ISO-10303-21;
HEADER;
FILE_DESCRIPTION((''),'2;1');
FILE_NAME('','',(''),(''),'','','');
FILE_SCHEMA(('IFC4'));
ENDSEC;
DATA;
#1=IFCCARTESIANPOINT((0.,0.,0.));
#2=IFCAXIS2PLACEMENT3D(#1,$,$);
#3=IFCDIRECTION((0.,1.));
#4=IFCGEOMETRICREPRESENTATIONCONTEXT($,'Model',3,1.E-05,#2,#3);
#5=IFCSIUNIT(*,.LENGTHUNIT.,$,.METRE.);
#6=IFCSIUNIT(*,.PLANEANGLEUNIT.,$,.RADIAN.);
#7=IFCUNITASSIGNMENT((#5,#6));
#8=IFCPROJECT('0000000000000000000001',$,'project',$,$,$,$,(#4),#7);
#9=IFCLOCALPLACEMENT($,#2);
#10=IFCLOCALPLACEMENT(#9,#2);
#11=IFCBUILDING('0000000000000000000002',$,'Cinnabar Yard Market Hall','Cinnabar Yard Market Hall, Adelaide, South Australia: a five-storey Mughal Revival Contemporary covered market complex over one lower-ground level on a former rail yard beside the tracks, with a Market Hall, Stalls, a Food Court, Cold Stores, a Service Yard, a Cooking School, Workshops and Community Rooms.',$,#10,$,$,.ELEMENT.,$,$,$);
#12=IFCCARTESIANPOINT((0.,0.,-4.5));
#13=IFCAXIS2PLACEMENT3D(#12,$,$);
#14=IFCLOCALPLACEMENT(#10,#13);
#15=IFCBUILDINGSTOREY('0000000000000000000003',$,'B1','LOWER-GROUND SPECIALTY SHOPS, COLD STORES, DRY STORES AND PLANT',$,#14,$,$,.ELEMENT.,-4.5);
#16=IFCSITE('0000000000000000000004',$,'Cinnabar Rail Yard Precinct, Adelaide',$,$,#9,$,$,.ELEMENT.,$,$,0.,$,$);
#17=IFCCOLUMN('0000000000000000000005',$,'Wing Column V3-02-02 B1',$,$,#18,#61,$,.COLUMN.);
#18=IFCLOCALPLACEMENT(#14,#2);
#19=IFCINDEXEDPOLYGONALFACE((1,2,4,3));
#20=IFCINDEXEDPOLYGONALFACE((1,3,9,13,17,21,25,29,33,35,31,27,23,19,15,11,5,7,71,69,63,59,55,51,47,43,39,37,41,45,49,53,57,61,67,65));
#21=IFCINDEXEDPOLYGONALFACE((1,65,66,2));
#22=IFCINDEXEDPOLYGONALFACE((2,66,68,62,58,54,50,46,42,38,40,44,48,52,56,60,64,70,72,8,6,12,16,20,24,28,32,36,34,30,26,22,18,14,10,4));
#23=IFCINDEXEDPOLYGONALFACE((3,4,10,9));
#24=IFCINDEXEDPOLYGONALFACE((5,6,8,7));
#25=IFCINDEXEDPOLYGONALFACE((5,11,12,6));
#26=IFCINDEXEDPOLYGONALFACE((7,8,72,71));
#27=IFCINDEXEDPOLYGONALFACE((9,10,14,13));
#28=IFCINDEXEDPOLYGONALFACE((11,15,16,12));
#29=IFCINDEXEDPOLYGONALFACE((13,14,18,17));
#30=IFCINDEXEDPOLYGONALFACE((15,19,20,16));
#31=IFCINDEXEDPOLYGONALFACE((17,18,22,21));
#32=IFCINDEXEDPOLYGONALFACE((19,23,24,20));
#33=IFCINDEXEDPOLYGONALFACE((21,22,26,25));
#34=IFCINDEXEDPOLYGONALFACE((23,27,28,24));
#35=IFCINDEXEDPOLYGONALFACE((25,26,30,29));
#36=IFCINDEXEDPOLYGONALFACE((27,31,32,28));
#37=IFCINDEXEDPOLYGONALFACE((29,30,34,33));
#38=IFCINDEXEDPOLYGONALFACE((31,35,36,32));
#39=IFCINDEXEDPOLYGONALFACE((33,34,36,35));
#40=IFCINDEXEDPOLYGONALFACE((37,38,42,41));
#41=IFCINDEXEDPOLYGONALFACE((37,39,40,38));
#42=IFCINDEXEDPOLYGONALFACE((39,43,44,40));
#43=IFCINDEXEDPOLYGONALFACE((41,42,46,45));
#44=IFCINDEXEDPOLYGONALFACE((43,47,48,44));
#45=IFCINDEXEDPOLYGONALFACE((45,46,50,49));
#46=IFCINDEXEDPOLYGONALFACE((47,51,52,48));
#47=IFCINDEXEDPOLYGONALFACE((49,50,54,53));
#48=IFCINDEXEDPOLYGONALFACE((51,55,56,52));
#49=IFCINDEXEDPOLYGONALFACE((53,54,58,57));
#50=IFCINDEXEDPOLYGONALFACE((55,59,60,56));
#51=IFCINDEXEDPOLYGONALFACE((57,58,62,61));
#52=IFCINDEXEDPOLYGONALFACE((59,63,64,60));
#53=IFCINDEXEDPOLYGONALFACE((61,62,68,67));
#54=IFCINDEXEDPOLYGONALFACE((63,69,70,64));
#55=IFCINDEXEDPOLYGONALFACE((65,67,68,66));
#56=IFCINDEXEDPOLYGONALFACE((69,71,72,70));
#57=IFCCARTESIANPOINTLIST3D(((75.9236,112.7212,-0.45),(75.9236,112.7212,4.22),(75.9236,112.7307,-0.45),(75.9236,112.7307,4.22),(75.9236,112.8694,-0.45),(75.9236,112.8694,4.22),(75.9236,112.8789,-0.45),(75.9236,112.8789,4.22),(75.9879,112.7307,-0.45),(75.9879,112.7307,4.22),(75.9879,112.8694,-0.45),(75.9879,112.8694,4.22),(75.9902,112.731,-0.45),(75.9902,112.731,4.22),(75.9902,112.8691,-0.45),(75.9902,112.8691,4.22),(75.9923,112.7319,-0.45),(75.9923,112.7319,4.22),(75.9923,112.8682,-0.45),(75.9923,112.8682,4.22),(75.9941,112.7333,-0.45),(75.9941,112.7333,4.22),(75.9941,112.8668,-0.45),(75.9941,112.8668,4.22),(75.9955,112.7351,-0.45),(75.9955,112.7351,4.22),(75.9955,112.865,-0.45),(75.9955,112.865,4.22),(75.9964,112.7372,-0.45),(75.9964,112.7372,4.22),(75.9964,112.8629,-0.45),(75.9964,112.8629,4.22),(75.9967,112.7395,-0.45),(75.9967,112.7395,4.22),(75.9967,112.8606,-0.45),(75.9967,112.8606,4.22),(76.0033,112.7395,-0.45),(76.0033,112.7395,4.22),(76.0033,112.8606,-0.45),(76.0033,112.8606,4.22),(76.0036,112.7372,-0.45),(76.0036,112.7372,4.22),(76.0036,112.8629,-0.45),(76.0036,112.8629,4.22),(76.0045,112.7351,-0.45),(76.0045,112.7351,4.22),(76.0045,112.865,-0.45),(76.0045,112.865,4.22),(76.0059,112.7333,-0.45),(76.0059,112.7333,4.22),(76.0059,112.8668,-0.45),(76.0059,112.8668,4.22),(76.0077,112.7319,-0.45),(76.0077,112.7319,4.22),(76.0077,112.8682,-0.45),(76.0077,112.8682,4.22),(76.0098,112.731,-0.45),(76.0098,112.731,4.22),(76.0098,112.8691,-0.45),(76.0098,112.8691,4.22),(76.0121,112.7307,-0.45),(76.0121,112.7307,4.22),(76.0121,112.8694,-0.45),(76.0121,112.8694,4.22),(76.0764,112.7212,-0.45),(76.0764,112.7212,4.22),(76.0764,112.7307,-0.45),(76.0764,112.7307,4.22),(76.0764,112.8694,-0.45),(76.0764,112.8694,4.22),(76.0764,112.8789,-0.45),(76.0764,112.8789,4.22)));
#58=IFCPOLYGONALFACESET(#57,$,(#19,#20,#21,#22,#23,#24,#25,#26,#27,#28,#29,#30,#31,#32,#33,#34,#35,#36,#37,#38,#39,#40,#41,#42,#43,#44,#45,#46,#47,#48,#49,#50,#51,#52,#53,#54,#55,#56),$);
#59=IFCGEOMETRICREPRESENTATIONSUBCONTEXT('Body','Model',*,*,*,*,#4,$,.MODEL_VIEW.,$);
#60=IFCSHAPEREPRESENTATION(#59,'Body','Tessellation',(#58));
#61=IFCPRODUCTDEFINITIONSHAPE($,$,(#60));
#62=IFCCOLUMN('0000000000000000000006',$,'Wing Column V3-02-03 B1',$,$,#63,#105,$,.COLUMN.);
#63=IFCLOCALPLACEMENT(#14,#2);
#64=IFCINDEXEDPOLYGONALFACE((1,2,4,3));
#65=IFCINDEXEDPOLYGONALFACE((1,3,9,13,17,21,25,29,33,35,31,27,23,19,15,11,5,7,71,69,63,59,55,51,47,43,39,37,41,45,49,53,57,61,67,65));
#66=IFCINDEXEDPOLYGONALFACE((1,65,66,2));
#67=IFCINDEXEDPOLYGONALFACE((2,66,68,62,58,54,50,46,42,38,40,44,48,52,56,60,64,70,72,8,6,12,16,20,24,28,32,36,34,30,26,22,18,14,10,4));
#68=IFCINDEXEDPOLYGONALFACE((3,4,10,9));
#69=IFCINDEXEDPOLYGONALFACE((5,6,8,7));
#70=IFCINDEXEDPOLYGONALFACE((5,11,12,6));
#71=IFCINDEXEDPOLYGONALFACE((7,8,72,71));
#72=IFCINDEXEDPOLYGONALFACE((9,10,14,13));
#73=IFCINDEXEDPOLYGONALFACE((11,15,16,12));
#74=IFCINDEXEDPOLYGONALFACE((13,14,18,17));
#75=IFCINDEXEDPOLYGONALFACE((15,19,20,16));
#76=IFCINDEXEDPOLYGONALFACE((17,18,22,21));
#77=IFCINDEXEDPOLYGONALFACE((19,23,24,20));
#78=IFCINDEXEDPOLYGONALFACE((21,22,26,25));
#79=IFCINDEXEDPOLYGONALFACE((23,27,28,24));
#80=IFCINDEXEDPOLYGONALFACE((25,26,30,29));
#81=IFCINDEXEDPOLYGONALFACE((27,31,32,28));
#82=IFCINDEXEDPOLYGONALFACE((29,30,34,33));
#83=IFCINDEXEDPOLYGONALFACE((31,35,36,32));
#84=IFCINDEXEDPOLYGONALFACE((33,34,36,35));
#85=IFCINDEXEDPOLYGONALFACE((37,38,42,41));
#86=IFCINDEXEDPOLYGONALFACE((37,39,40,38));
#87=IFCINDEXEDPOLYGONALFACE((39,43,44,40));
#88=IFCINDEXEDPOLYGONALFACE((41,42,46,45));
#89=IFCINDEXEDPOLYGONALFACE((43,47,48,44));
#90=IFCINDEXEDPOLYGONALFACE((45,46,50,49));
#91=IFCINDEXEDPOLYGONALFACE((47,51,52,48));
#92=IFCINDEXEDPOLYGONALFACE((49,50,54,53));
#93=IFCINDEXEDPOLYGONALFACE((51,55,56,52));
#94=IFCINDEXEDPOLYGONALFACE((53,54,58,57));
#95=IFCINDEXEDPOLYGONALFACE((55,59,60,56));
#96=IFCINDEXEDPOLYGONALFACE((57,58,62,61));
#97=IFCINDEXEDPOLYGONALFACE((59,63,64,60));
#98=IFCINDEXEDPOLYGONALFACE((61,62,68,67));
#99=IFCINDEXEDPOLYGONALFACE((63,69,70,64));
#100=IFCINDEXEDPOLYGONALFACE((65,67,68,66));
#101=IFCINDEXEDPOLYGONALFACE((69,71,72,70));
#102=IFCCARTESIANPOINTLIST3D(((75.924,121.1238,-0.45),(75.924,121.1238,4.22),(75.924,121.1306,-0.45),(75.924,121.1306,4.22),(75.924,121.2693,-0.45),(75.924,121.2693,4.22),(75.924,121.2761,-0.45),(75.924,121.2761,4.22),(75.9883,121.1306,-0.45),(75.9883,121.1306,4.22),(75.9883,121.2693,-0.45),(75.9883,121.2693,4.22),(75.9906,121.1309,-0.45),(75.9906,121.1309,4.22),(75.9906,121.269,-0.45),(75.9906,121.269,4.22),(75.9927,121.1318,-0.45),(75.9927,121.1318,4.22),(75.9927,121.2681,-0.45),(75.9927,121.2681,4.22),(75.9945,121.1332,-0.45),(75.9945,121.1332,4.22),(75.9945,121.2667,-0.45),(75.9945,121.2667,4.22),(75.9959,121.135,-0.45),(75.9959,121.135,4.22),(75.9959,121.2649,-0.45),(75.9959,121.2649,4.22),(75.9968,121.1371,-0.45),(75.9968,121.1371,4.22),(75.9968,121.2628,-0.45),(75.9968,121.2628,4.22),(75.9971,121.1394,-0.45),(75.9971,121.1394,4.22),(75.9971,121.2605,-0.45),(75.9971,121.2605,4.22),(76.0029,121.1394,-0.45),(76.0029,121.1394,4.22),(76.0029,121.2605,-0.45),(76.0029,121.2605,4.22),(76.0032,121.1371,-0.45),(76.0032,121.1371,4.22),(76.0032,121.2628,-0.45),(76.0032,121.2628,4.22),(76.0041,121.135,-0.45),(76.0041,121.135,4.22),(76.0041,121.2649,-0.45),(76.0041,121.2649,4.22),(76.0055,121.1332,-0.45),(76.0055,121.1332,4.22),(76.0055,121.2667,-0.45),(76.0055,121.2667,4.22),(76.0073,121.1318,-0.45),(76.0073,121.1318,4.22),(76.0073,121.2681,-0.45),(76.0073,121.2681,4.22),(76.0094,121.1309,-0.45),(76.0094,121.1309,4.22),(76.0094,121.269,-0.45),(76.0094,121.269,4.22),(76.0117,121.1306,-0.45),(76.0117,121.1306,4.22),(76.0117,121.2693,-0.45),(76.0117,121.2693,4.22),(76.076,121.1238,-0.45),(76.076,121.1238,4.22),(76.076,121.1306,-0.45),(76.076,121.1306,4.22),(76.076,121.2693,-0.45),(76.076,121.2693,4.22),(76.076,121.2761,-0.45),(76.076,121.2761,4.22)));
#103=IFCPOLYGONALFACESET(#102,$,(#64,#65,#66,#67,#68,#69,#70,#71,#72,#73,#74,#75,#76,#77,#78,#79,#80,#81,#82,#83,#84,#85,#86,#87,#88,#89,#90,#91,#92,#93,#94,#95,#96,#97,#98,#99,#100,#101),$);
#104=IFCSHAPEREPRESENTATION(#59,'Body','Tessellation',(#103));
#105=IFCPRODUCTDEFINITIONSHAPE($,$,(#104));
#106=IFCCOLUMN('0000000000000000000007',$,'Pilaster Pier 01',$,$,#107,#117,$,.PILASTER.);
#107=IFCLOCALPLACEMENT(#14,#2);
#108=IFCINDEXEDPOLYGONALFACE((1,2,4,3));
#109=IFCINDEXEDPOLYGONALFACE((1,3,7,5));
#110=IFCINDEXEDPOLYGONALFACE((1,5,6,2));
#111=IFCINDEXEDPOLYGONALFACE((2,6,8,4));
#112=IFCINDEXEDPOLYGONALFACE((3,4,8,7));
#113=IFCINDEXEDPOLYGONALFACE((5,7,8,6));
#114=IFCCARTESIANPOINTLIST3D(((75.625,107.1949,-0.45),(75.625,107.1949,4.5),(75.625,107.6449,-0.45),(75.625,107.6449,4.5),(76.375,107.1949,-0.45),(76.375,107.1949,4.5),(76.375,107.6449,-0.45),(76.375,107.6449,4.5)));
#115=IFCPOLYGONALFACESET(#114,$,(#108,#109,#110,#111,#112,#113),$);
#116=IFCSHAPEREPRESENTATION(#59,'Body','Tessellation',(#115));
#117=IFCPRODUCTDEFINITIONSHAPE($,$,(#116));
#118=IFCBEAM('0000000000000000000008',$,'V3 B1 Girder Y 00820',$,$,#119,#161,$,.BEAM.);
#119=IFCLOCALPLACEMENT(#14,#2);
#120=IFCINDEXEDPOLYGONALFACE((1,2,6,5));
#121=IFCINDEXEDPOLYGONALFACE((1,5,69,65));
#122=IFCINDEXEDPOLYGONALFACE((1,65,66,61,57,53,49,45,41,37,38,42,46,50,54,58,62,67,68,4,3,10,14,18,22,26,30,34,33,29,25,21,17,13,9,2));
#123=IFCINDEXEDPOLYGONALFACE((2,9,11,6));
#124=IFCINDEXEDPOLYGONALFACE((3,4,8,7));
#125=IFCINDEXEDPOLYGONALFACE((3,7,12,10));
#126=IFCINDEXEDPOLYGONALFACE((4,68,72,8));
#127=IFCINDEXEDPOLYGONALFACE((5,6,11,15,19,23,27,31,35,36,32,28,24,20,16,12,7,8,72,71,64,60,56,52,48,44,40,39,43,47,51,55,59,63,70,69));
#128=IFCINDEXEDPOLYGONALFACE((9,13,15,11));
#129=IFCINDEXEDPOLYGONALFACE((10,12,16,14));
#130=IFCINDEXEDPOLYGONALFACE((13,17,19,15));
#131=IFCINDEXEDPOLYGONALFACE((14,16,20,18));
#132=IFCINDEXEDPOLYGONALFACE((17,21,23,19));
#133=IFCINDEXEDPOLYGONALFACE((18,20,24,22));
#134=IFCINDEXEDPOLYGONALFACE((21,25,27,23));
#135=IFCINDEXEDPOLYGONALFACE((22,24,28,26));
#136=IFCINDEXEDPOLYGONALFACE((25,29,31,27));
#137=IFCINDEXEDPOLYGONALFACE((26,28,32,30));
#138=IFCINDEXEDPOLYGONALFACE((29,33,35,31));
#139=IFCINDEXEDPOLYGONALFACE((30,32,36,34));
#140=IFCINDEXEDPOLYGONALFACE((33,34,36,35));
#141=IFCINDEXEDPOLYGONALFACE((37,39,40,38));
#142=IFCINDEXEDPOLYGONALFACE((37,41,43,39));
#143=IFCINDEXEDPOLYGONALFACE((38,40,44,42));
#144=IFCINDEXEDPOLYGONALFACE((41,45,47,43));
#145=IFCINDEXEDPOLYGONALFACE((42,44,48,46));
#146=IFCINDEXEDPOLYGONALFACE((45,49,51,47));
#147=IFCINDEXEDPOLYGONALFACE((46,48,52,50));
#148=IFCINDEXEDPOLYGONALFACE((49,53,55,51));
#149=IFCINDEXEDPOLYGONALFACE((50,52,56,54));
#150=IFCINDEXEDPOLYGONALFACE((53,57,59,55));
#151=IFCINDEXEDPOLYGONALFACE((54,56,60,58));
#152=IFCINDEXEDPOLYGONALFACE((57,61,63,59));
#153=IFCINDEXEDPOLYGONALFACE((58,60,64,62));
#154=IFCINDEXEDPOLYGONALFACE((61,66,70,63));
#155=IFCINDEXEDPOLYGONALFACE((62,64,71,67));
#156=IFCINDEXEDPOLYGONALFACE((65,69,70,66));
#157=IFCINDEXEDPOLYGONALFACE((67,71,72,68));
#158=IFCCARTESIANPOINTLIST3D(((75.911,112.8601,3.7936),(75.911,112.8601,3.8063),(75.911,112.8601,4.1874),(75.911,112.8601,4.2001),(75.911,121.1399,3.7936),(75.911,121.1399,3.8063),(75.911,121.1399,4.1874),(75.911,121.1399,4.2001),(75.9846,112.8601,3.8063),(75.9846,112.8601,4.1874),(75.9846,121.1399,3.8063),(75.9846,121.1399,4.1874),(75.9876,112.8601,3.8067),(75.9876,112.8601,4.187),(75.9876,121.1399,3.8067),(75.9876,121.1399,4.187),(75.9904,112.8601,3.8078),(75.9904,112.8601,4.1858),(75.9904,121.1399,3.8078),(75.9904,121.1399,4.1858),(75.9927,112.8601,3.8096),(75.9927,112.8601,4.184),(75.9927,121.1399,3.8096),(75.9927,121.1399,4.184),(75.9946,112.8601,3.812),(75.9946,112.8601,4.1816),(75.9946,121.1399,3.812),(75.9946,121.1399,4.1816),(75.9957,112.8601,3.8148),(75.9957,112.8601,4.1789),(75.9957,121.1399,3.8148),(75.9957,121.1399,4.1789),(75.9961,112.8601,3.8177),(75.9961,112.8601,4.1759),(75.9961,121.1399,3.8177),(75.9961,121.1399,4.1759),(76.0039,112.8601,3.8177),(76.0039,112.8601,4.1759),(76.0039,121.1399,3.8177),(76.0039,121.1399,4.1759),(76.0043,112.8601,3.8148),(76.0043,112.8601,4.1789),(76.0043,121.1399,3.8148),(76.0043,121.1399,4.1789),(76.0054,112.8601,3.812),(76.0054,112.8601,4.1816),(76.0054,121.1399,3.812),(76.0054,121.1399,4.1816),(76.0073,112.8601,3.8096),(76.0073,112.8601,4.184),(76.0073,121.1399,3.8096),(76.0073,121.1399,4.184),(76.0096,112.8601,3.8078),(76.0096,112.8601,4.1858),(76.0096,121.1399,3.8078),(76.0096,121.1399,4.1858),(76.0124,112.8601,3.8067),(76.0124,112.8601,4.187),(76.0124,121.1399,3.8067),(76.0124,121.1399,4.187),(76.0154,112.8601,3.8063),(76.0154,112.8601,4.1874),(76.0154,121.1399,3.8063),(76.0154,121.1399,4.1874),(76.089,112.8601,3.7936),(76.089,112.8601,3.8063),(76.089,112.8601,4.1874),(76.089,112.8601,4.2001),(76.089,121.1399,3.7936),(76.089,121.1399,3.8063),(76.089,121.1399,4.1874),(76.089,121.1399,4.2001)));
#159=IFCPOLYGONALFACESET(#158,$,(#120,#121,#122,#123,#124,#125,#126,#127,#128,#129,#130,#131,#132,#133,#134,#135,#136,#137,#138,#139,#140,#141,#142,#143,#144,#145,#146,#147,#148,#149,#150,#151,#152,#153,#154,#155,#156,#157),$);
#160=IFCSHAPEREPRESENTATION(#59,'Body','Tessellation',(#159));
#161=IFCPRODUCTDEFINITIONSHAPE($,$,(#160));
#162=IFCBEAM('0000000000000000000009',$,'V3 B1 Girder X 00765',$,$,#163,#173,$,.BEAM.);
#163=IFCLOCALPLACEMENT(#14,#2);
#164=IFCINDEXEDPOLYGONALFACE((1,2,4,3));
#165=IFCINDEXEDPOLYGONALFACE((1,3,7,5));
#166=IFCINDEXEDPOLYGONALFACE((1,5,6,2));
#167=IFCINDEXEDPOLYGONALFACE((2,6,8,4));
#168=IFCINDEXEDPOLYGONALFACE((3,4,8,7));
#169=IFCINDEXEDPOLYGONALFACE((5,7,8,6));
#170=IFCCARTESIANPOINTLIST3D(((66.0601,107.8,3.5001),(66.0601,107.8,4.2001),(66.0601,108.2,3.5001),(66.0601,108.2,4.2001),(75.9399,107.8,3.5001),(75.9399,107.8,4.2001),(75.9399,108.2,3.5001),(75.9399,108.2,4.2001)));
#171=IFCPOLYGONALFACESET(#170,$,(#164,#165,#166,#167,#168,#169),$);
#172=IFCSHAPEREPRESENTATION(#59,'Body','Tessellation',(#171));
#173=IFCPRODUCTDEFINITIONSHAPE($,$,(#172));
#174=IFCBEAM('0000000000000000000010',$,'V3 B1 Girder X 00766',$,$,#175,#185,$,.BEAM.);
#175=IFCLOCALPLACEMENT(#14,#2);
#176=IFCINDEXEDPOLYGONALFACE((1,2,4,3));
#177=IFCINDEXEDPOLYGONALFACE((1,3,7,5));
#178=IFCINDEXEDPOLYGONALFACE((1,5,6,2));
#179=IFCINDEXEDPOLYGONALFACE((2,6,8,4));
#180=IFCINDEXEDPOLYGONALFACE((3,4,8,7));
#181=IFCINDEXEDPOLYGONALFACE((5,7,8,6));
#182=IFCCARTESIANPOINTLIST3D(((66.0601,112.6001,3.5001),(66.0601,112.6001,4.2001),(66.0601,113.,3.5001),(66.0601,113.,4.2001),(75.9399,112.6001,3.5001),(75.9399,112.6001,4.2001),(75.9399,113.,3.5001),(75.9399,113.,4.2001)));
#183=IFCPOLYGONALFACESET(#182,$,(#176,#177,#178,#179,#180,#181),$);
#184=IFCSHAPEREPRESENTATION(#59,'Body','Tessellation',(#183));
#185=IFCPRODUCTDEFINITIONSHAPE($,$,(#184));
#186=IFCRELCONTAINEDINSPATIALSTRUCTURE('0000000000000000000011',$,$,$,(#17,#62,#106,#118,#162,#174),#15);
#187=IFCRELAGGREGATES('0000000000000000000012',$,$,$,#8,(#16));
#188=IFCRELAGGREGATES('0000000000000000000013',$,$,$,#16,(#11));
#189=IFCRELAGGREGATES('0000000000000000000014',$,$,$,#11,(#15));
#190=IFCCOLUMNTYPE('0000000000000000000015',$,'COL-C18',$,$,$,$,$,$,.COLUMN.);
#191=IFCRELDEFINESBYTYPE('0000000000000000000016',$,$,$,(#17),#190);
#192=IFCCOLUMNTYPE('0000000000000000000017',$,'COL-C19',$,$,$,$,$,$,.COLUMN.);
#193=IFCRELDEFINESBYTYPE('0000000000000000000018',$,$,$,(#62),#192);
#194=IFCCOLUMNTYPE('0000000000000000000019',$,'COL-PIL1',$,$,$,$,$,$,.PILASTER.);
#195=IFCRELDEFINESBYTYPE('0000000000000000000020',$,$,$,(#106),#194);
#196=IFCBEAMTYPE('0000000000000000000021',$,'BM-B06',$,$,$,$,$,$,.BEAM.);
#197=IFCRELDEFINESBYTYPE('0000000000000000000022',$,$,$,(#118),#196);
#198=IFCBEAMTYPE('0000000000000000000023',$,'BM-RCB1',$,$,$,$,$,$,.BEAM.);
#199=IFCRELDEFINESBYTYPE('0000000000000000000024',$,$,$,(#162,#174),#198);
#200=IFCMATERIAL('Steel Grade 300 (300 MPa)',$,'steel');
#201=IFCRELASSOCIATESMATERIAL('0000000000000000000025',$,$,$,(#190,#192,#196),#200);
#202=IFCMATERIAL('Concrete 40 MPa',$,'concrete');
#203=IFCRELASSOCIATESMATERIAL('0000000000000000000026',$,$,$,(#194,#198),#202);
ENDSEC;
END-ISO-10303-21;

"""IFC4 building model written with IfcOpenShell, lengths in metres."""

from ifc_helpers import new_model, si_unit, direction, frame, origin, origin_2d_with_axis, place, context, subcontext, project, spatial, rectangle, i_section, extrude, material, material_profile, profile_set, type_object, element, save


model = new_model("IFC4")

# Units and contexts
model_context = context("Model", 3, precision=1e-05, world=origin(), true_north=direction((0.0, 1.0)))
body_context = subcontext(model_context, "Body", "Model", "MODEL_VIEW")
ifc_project = project(units=[si_unit("LENGTHUNIT", "METRE"), si_unit("PLANEANGLEUNIT", "RADIAN")], contexts=[model_context])

# Site, building, storey
site_placement = place(None, origin())
site = spatial("IfcSite", under=ifc_project, at=site_placement, Name="Cinnabar Rail Yard Precinct, Adelaide", CompositionType="ELEMENT", RefElevation=0.0)
building_placement = place(site_placement, origin())
building = spatial("IfcBuilding", under=site, at=building_placement, Name="Cinnabar Yard Market Hall", Description="Cinnabar Yard Market Hall, Adelaide, South Australia: a five-storey Mughal Revival Contemporary covered market complex over one lower-ground level on a former rail yard beside the tracks, with a Market Hall, Stalls, a Food Court, Cold Stores, a Service Yard, a Cooking School, Workshops and Community Rooms.", CompositionType="ELEMENT")
storey_placement = place(building_placement, frame((0.0, 0.0, -4.5)))
storey = spatial("IfcBuildingStorey", under=building, at=storey_placement, Name="B1", Description="LOWER-GROUND SPECIALTY SHOPS, COLD STORES, DRY STORES AND PLANT", CompositionType="ELEMENT", Elevation=-4.5)

# Shared definitions
ifc_material_1 = material(Name="Concrete 40 MPa", Category="concrete")

# Columns
ifc_material_2 = material(Name="Steel Grade 300 (300 MPa)", Category="steel")
ifc_material_profile_1 = material_profile(ifc_material_2, i_section(OverallWidth=0.1528, OverallDepth=0.1577, WebThickness=0.0066, FlangeThickness=0.0095, FilletRadius=0.0088, at=origin_2d_with_axis()), Name="150UC30.0")
ifc_profile_set_1 = profile_set([ifc_material_profile_1], Name="Steel Grade 300 (300 MPa)")
column_type_1 = type_object("IfcColumnType", Name="COL-C18", PredefinedType="COLUMN", material=ifc_profile_set_1)
column_1_placement = place(storey_placement, frame((76.0, 112.8, -0.45), z_axis=(0.0, 0.0, 1.0), x_axis=(1.0, 0.0, 0.0)))
element("IfcColumn", 1, at=column_1_placement, inside=storey, type_object=column_type_1, Name="Wing Column V3-02-02 B1", PredefinedType="COLUMN", context=body_context, shape_type="SweptSolid", body=[
    extrude(i_section(OverallWidth=0.1528, OverallDepth=0.1577, WebThickness=0.0066, FlangeThickness=0.0095, FilletRadius=0.0088, at=origin_2d_with_axis()), origin(), (0.0, 0.0, 1.0), 4.6699),
])
ifc_material_profile_2 = material_profile(ifc_material_2, i_section(OverallWidth=0.1521, OverallDepth=0.1523, WebThickness=0.0059, FlangeThickness=0.0068, FilletRadius=0.0088, at=origin_2d_with_axis()), Name="150UC23.4")
ifc_profile_set_2 = profile_set([ifc_material_profile_2], Name="Steel Grade 300 (300 MPa)")
column_type_2 = type_object("IfcColumnType", Name="COL-C19", PredefinedType="COLUMN", material=ifc_profile_set_2)
column_2_placement = place(storey_placement, frame((76.0, 121.2, -0.45), z_axis=(0.0, 0.0, 1.0), x_axis=(1.0, 0.0, 0.0)))
element("IfcColumn", 2, at=column_2_placement, inside=storey, type_object=column_type_2, Name="Wing Column V3-02-03 B1", PredefinedType="COLUMN", context=body_context, shape_type="SweptSolid", body=[
    extrude(i_section(OverallWidth=0.1521, OverallDepth=0.1523, WebThickness=0.0059, FlangeThickness=0.0068, FilletRadius=0.0088, at=origin_2d_with_axis()), origin(), (0.0, 0.0, 1.0), 4.6699),
])
ifc_material_profile_3 = material_profile(ifc_material_1, rectangle(XDim=0.75, YDim=0.45, at=origin_2d_with_axis()), Name="RC-750x450")
ifc_profile_set_3 = profile_set([ifc_material_profile_3], Name="Concrete 40 MPa")
column_type_3 = type_object("IfcColumnType", Name="COL-PIL1", PredefinedType="PILASTER", material=ifc_profile_set_3)
column_3_placement = place(storey_placement, frame((76.0, 107.4199, -0.45), z_axis=(0.0, 0.0, 1.0), x_axis=(1.0, 0.0, 0.0)))
element("IfcColumn", 3, at=column_3_placement, inside=storey, type_object=column_type_3, Name="Pilaster Pier 01", PredefinedType="PILASTER", context=body_context, shape_type="SweptSolid", body=[
    extrude(rectangle(XDim=0.75, YDim=0.45, at=origin_2d_with_axis()), origin(), (0.0, 0.0, 1.0), 4.95),
])

# Beams
ifc_material_profile_4 = material_profile(ifc_material_2, i_section(OverallWidth=0.178, OverallDepth=0.4065, WebThickness=0.0078, FlangeThickness=0.0127, FilletRadius=0.0115, at=origin_2d_with_axis()), Name="410UB59.7")
ifc_profile_set_4 = profile_set([ifc_material_profile_4], Name="Steel Grade 300 (300 MPa)")
beam_type_1 = type_object("IfcBeamType", Name="BM-B06", PredefinedType="BEAM", material=ifc_profile_set_4)
beam_1_placement = place(storey_placement, frame((76.0, 112.8601, 3.9968), z_axis=(0.0, 1.0, 0.0), x_axis=(-1.0, 0.0, 0.0)))
element("IfcBeam", 4, at=beam_1_placement, inside=storey, type_object=beam_type_1, Name="V3 B1 Girder Y 00820", PredefinedType="BEAM", context=body_context, shape_type="SweptSolid", body=[
    extrude(i_section(OverallWidth=0.178, OverallDepth=0.4065, WebThickness=0.0078, FlangeThickness=0.0127, FilletRadius=0.0115, at=origin_2d_with_axis()), origin(), (0.0, 0.0, 1.0), 8.2798),
])
ifc_material_profile_5 = material_profile(ifc_material_1, rectangle(XDim=0.3999, YDim=0.7, at=origin_2d_with_axis()), Name="RCB-400x700")
ifc_profile_set_5 = profile_set([ifc_material_profile_5], Name="Concrete 40 MPa")
beam_type_2 = type_object("IfcBeamType", Name="BM-RCB1", PredefinedType="BEAM", material=ifc_profile_set_5)
for number, where, z_axis, x_axis, name in (
    (5, (66.0601, 108.0, 3.8501), (1.0, 0.0, 0.0), (0.0, 1.0, 0.0), "V3 B1 Girder X 00765"),
    (6, (66.0601, 112.8, 3.8501), (1.0, 0.0, 0.0), (0.0, 1.0, 0.0), "V3 B1 Girder X 00766"),
):
    element("IfcBeam", number, at=place(storey_placement, frame(where, z_axis=z_axis, x_axis=x_axis)), inside=storey, type_object=beam_type_2, Name=name, PredefinedType="BEAM", context=body_context, shape_type="SweptSolid", body=[
        extrude(rectangle(XDim=0.3999, YDim=0.7, at=origin_2d_with_axis()), origin(), (0.0, 0.0, 1.0), 9.8799),
    ])

save(model, "model.ifc")
